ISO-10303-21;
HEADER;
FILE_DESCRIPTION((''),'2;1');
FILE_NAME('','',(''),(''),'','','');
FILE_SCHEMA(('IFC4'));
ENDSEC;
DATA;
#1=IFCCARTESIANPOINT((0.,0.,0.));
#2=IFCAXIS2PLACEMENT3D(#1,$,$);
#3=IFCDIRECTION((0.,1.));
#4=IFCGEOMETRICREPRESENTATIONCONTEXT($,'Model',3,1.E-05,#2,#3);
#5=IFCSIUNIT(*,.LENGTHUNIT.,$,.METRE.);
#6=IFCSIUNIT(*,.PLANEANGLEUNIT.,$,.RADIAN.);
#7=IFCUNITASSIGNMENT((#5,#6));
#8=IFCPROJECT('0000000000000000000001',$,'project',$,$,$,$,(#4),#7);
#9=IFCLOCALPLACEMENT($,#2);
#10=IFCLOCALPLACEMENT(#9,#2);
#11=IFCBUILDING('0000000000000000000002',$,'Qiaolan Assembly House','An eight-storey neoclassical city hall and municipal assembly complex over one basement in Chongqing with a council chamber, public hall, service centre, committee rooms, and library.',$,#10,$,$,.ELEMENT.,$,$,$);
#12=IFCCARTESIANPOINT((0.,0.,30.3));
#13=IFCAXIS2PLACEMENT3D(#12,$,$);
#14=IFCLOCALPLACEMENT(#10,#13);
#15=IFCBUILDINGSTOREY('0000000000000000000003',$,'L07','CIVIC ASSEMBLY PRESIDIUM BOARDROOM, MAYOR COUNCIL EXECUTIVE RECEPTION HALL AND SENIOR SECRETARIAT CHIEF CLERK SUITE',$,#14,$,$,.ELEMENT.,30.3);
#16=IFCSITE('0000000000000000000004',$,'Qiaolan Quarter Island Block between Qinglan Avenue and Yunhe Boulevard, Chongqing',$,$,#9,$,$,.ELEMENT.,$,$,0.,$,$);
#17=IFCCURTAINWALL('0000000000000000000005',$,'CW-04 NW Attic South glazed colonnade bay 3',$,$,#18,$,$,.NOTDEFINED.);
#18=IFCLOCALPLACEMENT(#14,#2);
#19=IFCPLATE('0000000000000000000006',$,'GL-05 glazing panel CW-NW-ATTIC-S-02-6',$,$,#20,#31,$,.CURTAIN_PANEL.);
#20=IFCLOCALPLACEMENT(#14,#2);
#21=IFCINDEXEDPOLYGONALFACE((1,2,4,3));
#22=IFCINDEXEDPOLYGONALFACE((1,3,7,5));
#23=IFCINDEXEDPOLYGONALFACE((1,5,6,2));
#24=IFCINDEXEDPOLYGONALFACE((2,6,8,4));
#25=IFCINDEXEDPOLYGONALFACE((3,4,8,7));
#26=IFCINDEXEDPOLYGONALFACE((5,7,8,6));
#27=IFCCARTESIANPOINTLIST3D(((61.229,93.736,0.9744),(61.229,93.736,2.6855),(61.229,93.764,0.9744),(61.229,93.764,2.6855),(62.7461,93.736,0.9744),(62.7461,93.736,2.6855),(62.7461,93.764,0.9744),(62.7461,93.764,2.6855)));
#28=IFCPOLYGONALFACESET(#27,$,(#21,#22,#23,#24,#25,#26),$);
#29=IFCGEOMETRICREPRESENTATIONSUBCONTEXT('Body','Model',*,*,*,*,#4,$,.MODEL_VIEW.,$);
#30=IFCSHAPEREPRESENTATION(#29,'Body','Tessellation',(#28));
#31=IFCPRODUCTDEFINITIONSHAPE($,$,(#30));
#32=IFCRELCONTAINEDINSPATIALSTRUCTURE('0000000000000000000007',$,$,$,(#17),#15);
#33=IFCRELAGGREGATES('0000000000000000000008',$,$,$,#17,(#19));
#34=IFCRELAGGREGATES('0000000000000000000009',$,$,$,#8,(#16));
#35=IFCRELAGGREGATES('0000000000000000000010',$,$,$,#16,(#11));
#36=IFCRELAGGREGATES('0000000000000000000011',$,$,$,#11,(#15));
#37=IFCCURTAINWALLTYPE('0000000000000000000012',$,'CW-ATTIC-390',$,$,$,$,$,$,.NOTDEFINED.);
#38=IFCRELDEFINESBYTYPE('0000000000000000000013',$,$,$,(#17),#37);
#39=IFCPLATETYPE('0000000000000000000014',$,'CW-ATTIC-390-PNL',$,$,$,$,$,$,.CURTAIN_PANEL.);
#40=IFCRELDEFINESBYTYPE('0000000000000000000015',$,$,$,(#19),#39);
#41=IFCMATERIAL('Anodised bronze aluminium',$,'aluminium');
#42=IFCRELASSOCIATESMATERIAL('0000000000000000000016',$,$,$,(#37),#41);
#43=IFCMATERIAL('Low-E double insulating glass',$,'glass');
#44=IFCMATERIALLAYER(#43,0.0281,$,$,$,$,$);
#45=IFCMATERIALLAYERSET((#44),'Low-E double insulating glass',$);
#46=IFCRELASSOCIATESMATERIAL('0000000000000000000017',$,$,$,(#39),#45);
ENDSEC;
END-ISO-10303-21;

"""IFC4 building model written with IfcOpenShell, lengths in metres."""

from ifc_helpers import new_model, si_unit, direction, frame, frame_2d, origin, place, context, subcontext, project, spatial, rectangle, extrude, material, layer, layer_set, type_object, element, aggregate, save


model = new_model("IFC4")

# Units and contexts
model_context = context("Model", 3, precision=1e-05, world=origin(), true_north=direction((0.0, 1.0)))
body_context = subcontext(model_context, "Body", "Model", "MODEL_VIEW")
ifc_project = project(units=[si_unit("LENGTHUNIT", "METRE"), si_unit("PLANEANGLEUNIT", "RADIAN")], contexts=[model_context])

# Site, building, storey
site_placement = place(None, origin())
site = spatial("IfcSite", under=ifc_project, at=site_placement, Name="Qiaolan Quarter Island Block between Qinglan Avenue and Yunhe Boulevard, Chongqing", CompositionType="ELEMENT", RefElevation=0.0)
building_placement = place(site_placement, origin())
building = spatial("IfcBuilding", under=site, at=building_placement, Name="Qiaolan Assembly House", Description="An eight-storey neoclassical city hall and municipal assembly complex over one basement in Chongqing with a council chamber, public hall, service centre, committee rooms, and library.", CompositionType="ELEMENT")
storey_placement = place(building_placement, frame((0.0, 0.0, 30.3)))
storey = spatial("IfcBuildingStorey", under=building, at=storey_placement, Name="L07", Description="CIVIC ASSEMBLY PRESIDIUM BOARDROOM, MAYOR COUNCIL EXECUTIVE RECEPTION HALL AND SENIOR SECRETARIAT CHIEF CLERK SUITE", CompositionType="ELEMENT", Elevation=30.3)

# Curtain wall
ifc_material_1 = material(Name="Anodised bronze aluminium", Category="aluminium")
curtain_wall_type = type_object("IfcCurtainWallType", Name="CW-ATTIC-390", PredefinedType="NOTDEFINED", material=ifc_material_1)
curtain_wall_1_placement = place(storey_placement, origin())
curtain_wall_1 = element("IfcCurtainWall", 1, at=curtain_wall_1_placement, inside=storey, type_object=curtain_wall_type, Name="CW-04 NW Attic South glazed colonnade bay 3", PredefinedType="NOTDEFINED")

# Plate
ifc_material_2 = material(Name="Low-E double insulating glass", Category="glass")
ifc_layer = layer(ifc_material_2, 0.0281)
ifc_layer_set = layer_set([ifc_layer], Name="Low-E double insulating glass")
plate_type = type_object("IfcPlateType", Name="CW-ATTIC-390-PNL", PredefinedType="CURTAIN_PANEL", material=ifc_layer_set)
plate_1_placement = place(storey_placement, frame((61.229, 93.75, 0.9744), z_axis=(0.0, 0.0, 1.0), x_axis=(1.0, 0.0, 0.0)))
plate_1 = element("IfcPlate", 2, at=plate_1_placement, type_object=plate_type, Name="GL-05 glazing panel CW-NW-ATTIC-S-02-6", PredefinedType="CURTAIN_PANEL", context=body_context, shape_type="SweptSolid", body=[
    extrude(rectangle(XDim=1.5171, YDim=0.0281, at=frame_2d((0.7585, 0.0))), origin(), (0.0, 0.0, 1.0), 1.7112),
])
aggregate(curtain_wall_1, [plate_1])

save(model, "model.ifc")
